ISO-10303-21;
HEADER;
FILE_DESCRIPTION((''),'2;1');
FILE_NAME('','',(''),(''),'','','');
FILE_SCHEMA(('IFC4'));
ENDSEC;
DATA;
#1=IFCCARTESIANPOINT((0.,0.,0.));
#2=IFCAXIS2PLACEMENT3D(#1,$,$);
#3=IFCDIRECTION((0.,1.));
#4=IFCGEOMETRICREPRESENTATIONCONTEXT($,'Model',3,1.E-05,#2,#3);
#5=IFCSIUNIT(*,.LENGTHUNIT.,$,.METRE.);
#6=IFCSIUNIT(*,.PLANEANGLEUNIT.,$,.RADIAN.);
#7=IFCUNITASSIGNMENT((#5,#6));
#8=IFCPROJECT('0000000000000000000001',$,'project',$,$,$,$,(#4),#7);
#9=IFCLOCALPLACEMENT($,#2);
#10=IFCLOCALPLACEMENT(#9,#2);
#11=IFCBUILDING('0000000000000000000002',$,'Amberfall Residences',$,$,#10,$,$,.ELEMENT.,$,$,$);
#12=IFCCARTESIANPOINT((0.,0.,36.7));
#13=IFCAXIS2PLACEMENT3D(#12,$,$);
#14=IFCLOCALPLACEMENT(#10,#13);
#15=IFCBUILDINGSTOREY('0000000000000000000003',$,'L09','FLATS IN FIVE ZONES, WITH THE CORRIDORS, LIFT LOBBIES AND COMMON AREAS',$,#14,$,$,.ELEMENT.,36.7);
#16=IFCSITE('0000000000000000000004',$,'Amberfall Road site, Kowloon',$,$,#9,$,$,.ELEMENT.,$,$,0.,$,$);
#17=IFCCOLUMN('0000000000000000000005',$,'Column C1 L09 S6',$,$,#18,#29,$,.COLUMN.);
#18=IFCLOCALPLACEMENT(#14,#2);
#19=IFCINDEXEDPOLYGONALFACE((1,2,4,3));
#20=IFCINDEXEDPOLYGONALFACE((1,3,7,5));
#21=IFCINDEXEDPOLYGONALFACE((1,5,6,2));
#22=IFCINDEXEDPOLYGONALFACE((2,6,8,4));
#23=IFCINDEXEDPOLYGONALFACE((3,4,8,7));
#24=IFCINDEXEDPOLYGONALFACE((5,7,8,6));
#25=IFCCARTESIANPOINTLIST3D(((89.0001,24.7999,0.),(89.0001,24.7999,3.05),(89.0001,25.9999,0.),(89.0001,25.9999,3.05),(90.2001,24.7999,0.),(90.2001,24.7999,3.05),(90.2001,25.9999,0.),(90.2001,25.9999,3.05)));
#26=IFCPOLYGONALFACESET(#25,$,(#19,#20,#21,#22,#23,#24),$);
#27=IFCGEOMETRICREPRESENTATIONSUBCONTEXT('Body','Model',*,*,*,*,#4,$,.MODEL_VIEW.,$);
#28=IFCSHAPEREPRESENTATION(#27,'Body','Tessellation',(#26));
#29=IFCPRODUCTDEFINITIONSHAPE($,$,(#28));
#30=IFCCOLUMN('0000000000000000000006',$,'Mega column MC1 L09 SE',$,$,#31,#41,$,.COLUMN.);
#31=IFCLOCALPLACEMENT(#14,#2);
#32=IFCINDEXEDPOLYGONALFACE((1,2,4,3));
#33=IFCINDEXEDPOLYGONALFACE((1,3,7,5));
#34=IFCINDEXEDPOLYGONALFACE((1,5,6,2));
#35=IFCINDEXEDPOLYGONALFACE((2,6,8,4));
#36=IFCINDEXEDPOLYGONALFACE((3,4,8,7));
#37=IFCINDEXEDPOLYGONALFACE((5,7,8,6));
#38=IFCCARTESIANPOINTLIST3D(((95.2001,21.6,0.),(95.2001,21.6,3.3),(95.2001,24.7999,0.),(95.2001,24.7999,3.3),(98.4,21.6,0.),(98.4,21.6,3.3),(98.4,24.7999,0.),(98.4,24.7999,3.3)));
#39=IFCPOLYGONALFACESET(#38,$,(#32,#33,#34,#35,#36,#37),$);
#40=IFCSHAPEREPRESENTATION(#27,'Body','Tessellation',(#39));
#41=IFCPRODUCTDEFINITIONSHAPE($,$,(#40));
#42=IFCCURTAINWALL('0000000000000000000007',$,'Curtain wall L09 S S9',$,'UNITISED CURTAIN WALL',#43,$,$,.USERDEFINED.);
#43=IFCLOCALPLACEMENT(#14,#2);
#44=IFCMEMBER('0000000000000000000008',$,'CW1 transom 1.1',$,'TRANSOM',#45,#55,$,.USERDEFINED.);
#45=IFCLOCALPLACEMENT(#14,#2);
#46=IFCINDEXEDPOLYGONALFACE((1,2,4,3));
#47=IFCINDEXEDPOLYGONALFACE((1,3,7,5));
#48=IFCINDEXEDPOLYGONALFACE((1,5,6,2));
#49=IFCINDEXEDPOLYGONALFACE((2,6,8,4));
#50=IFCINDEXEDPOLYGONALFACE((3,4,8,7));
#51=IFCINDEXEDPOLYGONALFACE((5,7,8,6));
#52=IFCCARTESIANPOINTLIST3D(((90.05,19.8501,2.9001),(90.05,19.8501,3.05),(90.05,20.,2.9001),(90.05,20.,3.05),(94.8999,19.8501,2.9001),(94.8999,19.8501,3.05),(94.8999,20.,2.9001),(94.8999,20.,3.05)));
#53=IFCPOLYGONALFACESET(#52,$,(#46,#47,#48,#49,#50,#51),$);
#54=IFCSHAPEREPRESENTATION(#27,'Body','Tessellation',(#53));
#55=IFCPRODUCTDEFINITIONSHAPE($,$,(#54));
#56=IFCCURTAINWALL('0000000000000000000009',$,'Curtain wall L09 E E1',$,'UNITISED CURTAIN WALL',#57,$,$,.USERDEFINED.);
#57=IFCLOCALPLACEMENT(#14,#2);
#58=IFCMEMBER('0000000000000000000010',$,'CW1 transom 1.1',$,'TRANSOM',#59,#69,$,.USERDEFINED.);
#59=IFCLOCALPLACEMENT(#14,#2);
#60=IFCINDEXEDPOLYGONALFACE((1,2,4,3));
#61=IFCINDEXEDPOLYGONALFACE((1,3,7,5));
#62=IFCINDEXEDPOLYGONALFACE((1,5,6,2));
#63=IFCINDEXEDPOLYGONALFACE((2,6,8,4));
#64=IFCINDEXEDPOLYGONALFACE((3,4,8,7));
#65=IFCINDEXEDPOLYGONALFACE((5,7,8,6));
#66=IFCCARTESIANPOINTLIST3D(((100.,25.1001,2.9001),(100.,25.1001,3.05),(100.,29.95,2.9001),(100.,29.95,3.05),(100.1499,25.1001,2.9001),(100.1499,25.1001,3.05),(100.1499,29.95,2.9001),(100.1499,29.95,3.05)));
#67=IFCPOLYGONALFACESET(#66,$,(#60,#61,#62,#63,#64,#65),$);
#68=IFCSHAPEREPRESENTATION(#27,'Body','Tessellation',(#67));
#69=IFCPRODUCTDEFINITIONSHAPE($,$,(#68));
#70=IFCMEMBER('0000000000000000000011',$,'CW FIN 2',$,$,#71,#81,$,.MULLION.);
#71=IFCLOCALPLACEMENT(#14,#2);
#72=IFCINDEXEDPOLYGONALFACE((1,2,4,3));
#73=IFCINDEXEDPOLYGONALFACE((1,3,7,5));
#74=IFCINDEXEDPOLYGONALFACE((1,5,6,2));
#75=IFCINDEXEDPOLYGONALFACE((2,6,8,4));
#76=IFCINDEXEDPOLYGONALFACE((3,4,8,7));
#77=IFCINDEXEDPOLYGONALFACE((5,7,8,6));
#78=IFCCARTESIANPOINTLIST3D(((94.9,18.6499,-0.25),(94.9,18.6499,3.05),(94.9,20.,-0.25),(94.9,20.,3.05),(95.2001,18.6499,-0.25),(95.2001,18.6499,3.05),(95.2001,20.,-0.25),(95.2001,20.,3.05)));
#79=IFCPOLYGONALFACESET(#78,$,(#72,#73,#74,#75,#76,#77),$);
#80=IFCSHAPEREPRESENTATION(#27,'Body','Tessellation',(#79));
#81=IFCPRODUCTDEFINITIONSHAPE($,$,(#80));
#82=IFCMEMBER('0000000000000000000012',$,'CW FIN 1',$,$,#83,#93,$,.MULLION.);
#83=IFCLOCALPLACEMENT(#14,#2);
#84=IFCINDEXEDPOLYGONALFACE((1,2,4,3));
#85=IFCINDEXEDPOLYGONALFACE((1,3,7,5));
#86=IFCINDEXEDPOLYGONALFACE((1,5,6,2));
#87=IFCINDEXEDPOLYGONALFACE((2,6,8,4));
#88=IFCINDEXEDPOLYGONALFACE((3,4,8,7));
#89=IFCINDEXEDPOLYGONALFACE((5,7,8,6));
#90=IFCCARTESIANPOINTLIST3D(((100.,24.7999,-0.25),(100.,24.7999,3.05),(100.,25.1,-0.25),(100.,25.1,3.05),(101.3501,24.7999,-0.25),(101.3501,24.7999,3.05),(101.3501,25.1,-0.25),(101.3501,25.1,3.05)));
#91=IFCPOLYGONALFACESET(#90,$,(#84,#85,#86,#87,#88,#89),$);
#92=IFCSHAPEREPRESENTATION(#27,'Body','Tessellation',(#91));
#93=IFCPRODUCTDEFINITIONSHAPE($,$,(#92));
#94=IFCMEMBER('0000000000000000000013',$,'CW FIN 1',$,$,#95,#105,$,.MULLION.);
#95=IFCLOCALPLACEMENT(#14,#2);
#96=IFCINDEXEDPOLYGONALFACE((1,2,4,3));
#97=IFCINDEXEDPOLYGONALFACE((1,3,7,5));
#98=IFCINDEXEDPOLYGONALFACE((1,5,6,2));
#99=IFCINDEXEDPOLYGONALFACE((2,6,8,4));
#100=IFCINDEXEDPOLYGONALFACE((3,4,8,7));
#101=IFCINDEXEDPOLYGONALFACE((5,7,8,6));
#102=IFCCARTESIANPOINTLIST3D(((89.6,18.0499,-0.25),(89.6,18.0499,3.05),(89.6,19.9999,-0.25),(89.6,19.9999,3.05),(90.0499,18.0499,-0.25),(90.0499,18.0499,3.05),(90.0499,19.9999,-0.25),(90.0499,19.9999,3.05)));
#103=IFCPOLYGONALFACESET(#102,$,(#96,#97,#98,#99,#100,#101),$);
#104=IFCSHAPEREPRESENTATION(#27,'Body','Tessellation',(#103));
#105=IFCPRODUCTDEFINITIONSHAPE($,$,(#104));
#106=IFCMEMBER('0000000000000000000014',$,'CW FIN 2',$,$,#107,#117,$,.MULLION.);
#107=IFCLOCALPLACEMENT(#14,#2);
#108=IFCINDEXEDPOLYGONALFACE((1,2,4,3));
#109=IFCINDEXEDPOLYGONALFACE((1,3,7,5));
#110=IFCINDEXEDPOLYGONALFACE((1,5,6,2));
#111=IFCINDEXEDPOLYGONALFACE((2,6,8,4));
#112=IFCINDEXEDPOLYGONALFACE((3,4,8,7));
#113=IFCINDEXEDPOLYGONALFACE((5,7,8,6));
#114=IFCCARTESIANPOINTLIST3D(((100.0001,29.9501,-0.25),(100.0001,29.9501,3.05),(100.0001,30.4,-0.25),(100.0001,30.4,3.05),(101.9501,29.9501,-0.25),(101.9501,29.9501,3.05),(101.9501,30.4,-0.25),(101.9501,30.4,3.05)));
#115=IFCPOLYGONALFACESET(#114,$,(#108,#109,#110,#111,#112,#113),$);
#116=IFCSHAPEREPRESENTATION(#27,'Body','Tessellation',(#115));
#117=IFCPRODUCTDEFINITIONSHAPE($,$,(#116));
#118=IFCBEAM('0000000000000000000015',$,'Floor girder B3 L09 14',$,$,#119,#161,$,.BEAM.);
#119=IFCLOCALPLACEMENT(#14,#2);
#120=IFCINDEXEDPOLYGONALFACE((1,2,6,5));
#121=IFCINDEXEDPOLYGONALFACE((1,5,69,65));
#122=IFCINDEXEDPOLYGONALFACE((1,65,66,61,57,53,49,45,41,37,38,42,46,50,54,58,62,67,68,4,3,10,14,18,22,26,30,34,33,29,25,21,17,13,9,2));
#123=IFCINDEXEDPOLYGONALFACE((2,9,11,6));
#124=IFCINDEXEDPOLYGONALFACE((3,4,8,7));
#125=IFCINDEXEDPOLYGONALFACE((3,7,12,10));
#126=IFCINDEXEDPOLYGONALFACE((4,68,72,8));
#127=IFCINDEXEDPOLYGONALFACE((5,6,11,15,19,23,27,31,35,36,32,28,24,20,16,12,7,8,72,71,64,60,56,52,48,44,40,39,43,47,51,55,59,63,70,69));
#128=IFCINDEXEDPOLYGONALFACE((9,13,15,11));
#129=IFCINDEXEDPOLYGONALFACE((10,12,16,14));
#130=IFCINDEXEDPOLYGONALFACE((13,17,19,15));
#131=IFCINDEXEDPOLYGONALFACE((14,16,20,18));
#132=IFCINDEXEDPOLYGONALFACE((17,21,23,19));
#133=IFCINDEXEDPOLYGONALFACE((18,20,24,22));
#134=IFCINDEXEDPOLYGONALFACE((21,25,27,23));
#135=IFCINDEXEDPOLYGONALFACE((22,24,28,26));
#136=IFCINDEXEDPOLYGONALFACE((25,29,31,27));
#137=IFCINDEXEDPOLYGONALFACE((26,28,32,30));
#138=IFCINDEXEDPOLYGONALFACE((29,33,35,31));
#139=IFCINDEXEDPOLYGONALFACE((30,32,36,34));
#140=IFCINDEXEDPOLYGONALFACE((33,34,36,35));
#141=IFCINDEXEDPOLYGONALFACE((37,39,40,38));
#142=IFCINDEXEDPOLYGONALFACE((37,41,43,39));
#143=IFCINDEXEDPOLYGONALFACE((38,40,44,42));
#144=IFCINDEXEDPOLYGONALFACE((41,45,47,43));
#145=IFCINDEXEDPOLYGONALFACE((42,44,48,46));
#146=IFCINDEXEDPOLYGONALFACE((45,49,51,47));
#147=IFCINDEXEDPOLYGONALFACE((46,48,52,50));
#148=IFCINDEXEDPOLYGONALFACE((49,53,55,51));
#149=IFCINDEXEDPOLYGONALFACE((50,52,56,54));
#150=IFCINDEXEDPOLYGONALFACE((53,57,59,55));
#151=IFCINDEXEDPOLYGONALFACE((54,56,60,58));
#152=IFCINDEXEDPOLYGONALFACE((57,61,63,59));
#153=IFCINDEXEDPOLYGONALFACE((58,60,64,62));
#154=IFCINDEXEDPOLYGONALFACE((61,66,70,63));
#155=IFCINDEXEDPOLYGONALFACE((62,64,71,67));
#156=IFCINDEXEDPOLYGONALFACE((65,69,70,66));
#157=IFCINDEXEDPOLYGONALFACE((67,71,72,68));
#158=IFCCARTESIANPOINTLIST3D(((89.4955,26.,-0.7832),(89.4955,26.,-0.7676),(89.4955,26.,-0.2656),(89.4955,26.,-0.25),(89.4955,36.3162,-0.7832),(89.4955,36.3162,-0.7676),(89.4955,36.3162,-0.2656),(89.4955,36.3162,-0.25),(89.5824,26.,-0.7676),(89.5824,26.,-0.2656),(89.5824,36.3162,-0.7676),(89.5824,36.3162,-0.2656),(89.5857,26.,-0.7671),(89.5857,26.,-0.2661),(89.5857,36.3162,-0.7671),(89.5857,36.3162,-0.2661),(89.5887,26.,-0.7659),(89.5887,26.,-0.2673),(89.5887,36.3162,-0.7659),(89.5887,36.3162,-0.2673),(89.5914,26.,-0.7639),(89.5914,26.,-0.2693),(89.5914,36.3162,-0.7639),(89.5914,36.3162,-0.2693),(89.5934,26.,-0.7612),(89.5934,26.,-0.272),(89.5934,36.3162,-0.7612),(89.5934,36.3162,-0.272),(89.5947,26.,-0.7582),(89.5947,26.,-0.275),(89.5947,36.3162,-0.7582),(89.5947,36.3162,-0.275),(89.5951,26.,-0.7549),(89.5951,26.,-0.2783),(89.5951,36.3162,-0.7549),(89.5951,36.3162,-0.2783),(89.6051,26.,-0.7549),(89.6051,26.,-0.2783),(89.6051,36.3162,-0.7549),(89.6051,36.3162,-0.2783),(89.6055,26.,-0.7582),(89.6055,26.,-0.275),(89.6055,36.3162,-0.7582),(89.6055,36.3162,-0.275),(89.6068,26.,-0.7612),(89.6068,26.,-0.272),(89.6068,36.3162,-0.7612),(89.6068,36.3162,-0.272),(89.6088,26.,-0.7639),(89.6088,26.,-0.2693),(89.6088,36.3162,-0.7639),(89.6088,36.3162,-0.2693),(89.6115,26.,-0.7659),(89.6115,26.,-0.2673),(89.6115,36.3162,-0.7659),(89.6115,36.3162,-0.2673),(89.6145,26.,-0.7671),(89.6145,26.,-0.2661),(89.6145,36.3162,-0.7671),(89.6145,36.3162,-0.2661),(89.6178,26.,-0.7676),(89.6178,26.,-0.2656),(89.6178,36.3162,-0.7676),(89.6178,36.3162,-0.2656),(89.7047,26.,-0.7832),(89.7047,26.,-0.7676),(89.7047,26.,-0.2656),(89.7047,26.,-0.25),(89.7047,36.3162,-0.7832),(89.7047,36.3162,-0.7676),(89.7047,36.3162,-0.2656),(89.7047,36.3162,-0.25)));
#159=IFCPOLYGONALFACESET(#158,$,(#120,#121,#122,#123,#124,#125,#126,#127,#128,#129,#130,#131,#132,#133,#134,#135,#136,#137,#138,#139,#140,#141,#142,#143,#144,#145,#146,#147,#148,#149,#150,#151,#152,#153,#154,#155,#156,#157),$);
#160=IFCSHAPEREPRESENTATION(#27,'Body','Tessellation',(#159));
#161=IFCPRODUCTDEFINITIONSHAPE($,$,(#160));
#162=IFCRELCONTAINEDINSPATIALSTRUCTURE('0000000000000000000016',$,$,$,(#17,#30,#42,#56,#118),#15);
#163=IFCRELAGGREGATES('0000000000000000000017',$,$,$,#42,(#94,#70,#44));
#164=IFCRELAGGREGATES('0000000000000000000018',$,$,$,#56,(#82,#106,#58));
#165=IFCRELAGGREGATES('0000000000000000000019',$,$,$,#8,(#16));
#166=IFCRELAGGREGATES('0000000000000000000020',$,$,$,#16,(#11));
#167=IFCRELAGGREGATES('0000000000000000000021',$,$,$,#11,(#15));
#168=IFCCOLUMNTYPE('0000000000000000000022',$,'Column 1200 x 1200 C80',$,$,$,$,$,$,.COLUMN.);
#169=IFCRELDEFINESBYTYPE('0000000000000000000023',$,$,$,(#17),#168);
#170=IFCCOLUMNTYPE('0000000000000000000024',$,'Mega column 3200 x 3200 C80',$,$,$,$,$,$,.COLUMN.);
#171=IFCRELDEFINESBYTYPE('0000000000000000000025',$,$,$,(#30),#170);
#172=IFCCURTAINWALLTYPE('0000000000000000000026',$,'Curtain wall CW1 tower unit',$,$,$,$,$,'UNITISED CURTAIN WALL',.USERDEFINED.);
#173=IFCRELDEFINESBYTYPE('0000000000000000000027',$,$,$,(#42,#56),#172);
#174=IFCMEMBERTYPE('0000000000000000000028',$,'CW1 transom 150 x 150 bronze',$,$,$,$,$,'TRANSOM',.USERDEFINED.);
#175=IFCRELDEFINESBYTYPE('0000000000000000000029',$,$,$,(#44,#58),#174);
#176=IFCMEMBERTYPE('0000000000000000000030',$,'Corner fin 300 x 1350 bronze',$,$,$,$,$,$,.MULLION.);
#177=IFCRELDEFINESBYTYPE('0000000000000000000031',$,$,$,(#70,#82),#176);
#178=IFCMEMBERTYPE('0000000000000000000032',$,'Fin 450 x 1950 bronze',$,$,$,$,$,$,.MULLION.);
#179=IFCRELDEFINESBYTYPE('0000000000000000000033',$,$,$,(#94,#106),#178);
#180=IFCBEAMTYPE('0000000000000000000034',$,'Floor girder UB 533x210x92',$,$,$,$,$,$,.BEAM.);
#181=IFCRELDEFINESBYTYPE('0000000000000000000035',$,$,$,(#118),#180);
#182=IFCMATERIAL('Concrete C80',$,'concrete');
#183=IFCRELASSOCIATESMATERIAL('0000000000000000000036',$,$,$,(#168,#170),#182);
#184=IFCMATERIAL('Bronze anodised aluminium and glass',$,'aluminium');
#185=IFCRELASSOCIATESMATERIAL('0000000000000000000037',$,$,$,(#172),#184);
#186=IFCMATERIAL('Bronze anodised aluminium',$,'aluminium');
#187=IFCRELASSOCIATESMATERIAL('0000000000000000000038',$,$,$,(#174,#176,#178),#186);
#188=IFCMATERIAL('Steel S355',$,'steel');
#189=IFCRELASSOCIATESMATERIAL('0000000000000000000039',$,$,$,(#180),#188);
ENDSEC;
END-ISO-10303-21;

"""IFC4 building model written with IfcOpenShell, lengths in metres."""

from ifc_helpers import new_model, si_unit, direction, frame, origin, origin_2d, place, context, subcontext, project, spatial, rectangle, i_section, extrude, material, material_profile, profile_set, type_object, element, aggregate, save


model = new_model("IFC4")

# Units and contexts
model_context = context("Model", 3, precision=1e-05, world=origin(), true_north=direction((0.0, 1.0)))
body_context = subcontext(model_context, "Body", "Model", "MODEL_VIEW")
ifc_project = project(units=[si_unit("LENGTHUNIT", "METRE"), si_unit("PLANEANGLEUNIT", "RADIAN")], contexts=[model_context])

# Site, building, storey
site_placement = place(None, origin())
site = spatial("IfcSite", under=ifc_project, at=site_placement, Name="Amberfall Road site, Kowloon", CompositionType="ELEMENT", RefElevation=0.0)
building_placement = place(site_placement, origin())
building = spatial("IfcBuilding", under=site, at=building_placement, Name="Amberfall Residences", CompositionType="ELEMENT")
storey_placement = place(building_placement, frame((0.0, 0.0, 36.7)))
storey = spatial("IfcBuildingStorey", under=building, at=storey_placement, Name="L09", Description="FLATS IN FIVE ZONES, WITH THE CORRIDORS, LIFT LOBBIES AND COMMON AREAS", CompositionType="ELEMENT", Elevation=36.7)

# Columns
ifc_material_1 = material(Name="Concrete C80", Category="concrete")
ifc_material_profile_1 = material_profile(ifc_material_1, rectangle(XDim=1.2, YDim=1.2, at=origin_2d()), Name="Column 1200 x 1200 C80")
ifc_profile_set_1 = profile_set([ifc_material_profile_1], Name="Concrete C80")
column_type_1 = type_object("IfcColumnType", Name="Column 1200 x 1200 C80", PredefinedType="COLUMN", material=ifc_profile_set_1)
column_1_placement = place(storey_placement, frame((89.6001, 25.3999, 0.0), z_axis=(0.0, 0.0, 1.0), x_axis=(1.0, 0.0, 0.0)))
element("IfcColumn", 1, at=column_1_placement, inside=storey, type_object=column_type_1, Name="Column C1 L09 S6", PredefinedType="COLUMN", context=body_context, shape_type="SweptSolid", body=[
    extrude(rectangle(XDim=1.2, YDim=1.2, at=origin_2d()), origin(), (0.0, 0.0, 1.0), 3.05),
])
ifc_material_profile_2 = material_profile(ifc_material_1, rectangle(XDim=3.2, YDim=3.2, at=origin_2d()), Name="Mega column 3200 x 3200 C80")
ifc_profile_set_2 = profile_set([ifc_material_profile_2], Name="Concrete C80")
column_type_2 = type_object("IfcColumnType", Name="Mega column 3200 x 3200 C80", PredefinedType="COLUMN", material=ifc_profile_set_2)
column_2_placement = place(storey_placement, frame((96.8, 23.2, 0.0), z_axis=(0.0, 0.0, 1.0), x_axis=(1.0, 0.0, 0.0)))
element("IfcColumn", 2, at=column_2_placement, inside=storey, type_object=column_type_2, Name="Mega column MC1 L09 SE", PredefinedType="COLUMN", context=body_context, shape_type="SweptSolid", body=[
    extrude(rectangle(XDim=3.2, YDim=3.2, at=origin_2d()), origin(), (0.0, 0.0, 1.0), 3.3),
])

# Curtain walls, members
ifc_material_2 = material(Name="Bronze anodised aluminium and glass", Category="aluminium")
curtain_wall_type = type_object("IfcCurtainWallType", Name="Curtain wall CW1 tower unit", ElementType="UNITISED CURTAIN WALL", PredefinedType="USERDEFINED", material=ifc_material_2)
curtain_wall_1_placement = place(storey_placement, origin())
curtain_wall_1 = element("IfcCurtainWall", 3, at=curtain_wall_1_placement, inside=storey, type_object=curtain_wall_type, Name="Curtain wall L09 S S9", ObjectType="UNITISED CURTAIN WALL", PredefinedType="USERDEFINED")
ifc_material_3 = material(Name="Bronze anodised aluminium", Category="aluminium")
ifc_material_profile_3 = material_profile(ifc_material_3, rectangle(XDim=0.1499, YDim=0.1499, at=origin_2d()), Name="CW1 transom 150 x 150 bronze")
ifc_profile_set_3 = profile_set([ifc_material_profile_3], Name="Bronze anodised aluminium")
member_type_1 = type_object("IfcMemberType", Name="CW1 transom 150 x 150 bronze", ElementType="TRANSOM", PredefinedType="USERDEFINED", material=ifc_profile_set_3)
member_1_placement = place(storey_placement, frame((90.05, 19.925, 2.9751), z_axis=(1.0, 0.0, 0.0), x_axis=(0.0, 1.0, 0.0)))
member_1 = element("IfcMember", 4, at=member_1_placement, type_object=member_type_1, Name="CW1 transom 1.1", ObjectType="TRANSOM", PredefinedType="USERDEFINED", context=body_context, shape_type="SweptSolid", body=[
    extrude(rectangle(XDim=0.1499, YDim=0.1499, at=origin_2d()), origin(), (0.0, 0.0, 1.0), 4.8499),
])
curtain_wall_2_placement = place(storey_placement, origin())
curtain_wall_2 = element("IfcCurtainWall", 5, at=curtain_wall_2_placement, inside=storey, type_object=curtain_wall_type, Name="Curtain wall L09 E E1", ObjectType="UNITISED CURTAIN WALL", PredefinedType="USERDEFINED")
member_2_placement = place(storey_placement, frame((100.075, 25.1001, 2.9751), z_axis=(0.0, 1.0, 0.0), x_axis=(-1.0, 0.0, 0.0)))
member_2 = element("IfcMember", 6, at=member_2_placement, type_object=member_type_1, Name="CW1 transom 1.1", ObjectType="TRANSOM", PredefinedType="USERDEFINED", context=body_context, shape_type="SweptSolid", body=[
    extrude(rectangle(XDim=0.1499, YDim=0.1499, at=origin_2d()), origin(), (0.0, 0.0, 1.0), 4.8499),
])

# Members
ifc_material_profile_4 = material_profile(ifc_material_3, rectangle(XDim=1.3501, YDim=0.3, at=origin_2d()), Name="Corner fin 300 x 1350 bronze")
ifc_profile_set_4 = profile_set([ifc_material_profile_4], Name="Bronze anodised aluminium")
member_type_2 = type_object("IfcMemberType", Name="Corner fin 300 x 1350 bronze", PredefinedType="MULLION", material=ifc_profile_set_4)
member_3_placement = place(storey_placement, frame((95.05, 19.325, -0.25), z_axis=(0.0, 0.0, 1.0), x_axis=(0.0, 1.0, 0.0)))
member_3 = element("IfcMember", 7, at=member_3_placement, type_object=member_type_2, Name="CW FIN 2", PredefinedType="MULLION", context=body_context, shape_type="SweptSolid", body=[
    extrude(rectangle(XDim=1.3501, YDim=0.3, at=origin_2d()), origin(), (0.0, 0.0, 1.0), 3.3),
])
member_4_placement = place(storey_placement, frame((100.675, 24.95, -0.25), z_axis=(0.0, 0.0, 1.0), x_axis=(-1.0, 0.0, 0.0)))
member_4 = element("IfcMember", 8, at=member_4_placement, type_object=member_type_2, Name="CW FIN 1", PredefinedType="MULLION", context=body_context, shape_type="SweptSolid", body=[
    extrude(rectangle(XDim=1.3501, YDim=0.3, at=origin_2d()), origin(), (0.0, 0.0, 1.0), 3.3),
])
ifc_material_profile_5 = material_profile(ifc_material_3, rectangle(XDim=1.95, YDim=0.45, at=origin_2d()), Name="Fin 450 x 1950 bronze")
ifc_profile_set_5 = profile_set([ifc_material_profile_5], Name="Bronze anodised aluminium")
member_type_3 = type_object("IfcMemberType", Name="Fin 450 x 1950 bronze", PredefinedType="MULLION", material=ifc_profile_set_5)
member_5_placement = place(storey_placement, frame((89.825, 19.0249, -0.25), z_axis=(0.0, 0.0, 1.0), x_axis=(0.0, 1.0, 0.0)))
member_5 = element("IfcMember", 9, at=member_5_placement, type_object=member_type_3, Name="CW FIN 1", PredefinedType="MULLION", context=body_context, shape_type="SweptSolid", body=[
    extrude(rectangle(XDim=1.95, YDim=0.45, at=origin_2d()), origin(), (0.0, 0.0, 1.0), 3.3),
])
member_6_placement = place(storey_placement, frame((100.9751, 30.175, -0.25), z_axis=(0.0, 0.0, 1.0), x_axis=(-1.0, 0.0, 0.0)))
member_6 = element("IfcMember", 10, at=member_6_placement, type_object=member_type_3, Name="CW FIN 2", PredefinedType="MULLION", context=body_context, shape_type="SweptSolid", body=[
    extrude(rectangle(XDim=1.95, YDim=0.45, at=origin_2d()), origin(), (0.0, 0.0, 1.0), 3.3),
])

# Beam
ifc_material_4 = material(Name="Steel S355", Category="steel")
ifc_material_profile_6 = material_profile(ifc_material_4, i_section(OverallWidth=0.2092, OverallDepth=0.5332, WebThickness=0.01, FlangeThickness=0.0156, FilletRadius=0.0127, at=origin_2d()), Name="UB 533x210x92")
ifc_profile_set_6 = profile_set([ifc_material_profile_6], Name="Steel S355")
beam_type_1 = type_object("IfcBeamType", Name="Floor girder UB 533x210x92", PredefinedType="BEAM", material=ifc_profile_set_6)
beam_1_placement = place(storey_placement, frame((89.6001, 26.0, -0.5166), z_axis=(0.0, 1.0, 0.0), x_axis=(-1.0, 0.0, 0.0)))
element("IfcBeam", 11, at=beam_1_placement, inside=storey, type_object=beam_type_1, Name="Floor girder B3 L09 14", PredefinedType="BEAM", context=body_context, shape_type="SweptSolid", body=[
    extrude(i_section(OverallWidth=0.2092, OverallDepth=0.5332, WebThickness=0.01, FlangeThickness=0.0156, FilletRadius=0.0127, at=origin_2d()), origin(), (0.0, 0.0, 1.0), 10.3162),
])

aggregate(curtain_wall_1, [member_5, member_3, member_1])
aggregate(curtain_wall_2, [member_4, member_6, member_2])

save(model, "model.ifc")
